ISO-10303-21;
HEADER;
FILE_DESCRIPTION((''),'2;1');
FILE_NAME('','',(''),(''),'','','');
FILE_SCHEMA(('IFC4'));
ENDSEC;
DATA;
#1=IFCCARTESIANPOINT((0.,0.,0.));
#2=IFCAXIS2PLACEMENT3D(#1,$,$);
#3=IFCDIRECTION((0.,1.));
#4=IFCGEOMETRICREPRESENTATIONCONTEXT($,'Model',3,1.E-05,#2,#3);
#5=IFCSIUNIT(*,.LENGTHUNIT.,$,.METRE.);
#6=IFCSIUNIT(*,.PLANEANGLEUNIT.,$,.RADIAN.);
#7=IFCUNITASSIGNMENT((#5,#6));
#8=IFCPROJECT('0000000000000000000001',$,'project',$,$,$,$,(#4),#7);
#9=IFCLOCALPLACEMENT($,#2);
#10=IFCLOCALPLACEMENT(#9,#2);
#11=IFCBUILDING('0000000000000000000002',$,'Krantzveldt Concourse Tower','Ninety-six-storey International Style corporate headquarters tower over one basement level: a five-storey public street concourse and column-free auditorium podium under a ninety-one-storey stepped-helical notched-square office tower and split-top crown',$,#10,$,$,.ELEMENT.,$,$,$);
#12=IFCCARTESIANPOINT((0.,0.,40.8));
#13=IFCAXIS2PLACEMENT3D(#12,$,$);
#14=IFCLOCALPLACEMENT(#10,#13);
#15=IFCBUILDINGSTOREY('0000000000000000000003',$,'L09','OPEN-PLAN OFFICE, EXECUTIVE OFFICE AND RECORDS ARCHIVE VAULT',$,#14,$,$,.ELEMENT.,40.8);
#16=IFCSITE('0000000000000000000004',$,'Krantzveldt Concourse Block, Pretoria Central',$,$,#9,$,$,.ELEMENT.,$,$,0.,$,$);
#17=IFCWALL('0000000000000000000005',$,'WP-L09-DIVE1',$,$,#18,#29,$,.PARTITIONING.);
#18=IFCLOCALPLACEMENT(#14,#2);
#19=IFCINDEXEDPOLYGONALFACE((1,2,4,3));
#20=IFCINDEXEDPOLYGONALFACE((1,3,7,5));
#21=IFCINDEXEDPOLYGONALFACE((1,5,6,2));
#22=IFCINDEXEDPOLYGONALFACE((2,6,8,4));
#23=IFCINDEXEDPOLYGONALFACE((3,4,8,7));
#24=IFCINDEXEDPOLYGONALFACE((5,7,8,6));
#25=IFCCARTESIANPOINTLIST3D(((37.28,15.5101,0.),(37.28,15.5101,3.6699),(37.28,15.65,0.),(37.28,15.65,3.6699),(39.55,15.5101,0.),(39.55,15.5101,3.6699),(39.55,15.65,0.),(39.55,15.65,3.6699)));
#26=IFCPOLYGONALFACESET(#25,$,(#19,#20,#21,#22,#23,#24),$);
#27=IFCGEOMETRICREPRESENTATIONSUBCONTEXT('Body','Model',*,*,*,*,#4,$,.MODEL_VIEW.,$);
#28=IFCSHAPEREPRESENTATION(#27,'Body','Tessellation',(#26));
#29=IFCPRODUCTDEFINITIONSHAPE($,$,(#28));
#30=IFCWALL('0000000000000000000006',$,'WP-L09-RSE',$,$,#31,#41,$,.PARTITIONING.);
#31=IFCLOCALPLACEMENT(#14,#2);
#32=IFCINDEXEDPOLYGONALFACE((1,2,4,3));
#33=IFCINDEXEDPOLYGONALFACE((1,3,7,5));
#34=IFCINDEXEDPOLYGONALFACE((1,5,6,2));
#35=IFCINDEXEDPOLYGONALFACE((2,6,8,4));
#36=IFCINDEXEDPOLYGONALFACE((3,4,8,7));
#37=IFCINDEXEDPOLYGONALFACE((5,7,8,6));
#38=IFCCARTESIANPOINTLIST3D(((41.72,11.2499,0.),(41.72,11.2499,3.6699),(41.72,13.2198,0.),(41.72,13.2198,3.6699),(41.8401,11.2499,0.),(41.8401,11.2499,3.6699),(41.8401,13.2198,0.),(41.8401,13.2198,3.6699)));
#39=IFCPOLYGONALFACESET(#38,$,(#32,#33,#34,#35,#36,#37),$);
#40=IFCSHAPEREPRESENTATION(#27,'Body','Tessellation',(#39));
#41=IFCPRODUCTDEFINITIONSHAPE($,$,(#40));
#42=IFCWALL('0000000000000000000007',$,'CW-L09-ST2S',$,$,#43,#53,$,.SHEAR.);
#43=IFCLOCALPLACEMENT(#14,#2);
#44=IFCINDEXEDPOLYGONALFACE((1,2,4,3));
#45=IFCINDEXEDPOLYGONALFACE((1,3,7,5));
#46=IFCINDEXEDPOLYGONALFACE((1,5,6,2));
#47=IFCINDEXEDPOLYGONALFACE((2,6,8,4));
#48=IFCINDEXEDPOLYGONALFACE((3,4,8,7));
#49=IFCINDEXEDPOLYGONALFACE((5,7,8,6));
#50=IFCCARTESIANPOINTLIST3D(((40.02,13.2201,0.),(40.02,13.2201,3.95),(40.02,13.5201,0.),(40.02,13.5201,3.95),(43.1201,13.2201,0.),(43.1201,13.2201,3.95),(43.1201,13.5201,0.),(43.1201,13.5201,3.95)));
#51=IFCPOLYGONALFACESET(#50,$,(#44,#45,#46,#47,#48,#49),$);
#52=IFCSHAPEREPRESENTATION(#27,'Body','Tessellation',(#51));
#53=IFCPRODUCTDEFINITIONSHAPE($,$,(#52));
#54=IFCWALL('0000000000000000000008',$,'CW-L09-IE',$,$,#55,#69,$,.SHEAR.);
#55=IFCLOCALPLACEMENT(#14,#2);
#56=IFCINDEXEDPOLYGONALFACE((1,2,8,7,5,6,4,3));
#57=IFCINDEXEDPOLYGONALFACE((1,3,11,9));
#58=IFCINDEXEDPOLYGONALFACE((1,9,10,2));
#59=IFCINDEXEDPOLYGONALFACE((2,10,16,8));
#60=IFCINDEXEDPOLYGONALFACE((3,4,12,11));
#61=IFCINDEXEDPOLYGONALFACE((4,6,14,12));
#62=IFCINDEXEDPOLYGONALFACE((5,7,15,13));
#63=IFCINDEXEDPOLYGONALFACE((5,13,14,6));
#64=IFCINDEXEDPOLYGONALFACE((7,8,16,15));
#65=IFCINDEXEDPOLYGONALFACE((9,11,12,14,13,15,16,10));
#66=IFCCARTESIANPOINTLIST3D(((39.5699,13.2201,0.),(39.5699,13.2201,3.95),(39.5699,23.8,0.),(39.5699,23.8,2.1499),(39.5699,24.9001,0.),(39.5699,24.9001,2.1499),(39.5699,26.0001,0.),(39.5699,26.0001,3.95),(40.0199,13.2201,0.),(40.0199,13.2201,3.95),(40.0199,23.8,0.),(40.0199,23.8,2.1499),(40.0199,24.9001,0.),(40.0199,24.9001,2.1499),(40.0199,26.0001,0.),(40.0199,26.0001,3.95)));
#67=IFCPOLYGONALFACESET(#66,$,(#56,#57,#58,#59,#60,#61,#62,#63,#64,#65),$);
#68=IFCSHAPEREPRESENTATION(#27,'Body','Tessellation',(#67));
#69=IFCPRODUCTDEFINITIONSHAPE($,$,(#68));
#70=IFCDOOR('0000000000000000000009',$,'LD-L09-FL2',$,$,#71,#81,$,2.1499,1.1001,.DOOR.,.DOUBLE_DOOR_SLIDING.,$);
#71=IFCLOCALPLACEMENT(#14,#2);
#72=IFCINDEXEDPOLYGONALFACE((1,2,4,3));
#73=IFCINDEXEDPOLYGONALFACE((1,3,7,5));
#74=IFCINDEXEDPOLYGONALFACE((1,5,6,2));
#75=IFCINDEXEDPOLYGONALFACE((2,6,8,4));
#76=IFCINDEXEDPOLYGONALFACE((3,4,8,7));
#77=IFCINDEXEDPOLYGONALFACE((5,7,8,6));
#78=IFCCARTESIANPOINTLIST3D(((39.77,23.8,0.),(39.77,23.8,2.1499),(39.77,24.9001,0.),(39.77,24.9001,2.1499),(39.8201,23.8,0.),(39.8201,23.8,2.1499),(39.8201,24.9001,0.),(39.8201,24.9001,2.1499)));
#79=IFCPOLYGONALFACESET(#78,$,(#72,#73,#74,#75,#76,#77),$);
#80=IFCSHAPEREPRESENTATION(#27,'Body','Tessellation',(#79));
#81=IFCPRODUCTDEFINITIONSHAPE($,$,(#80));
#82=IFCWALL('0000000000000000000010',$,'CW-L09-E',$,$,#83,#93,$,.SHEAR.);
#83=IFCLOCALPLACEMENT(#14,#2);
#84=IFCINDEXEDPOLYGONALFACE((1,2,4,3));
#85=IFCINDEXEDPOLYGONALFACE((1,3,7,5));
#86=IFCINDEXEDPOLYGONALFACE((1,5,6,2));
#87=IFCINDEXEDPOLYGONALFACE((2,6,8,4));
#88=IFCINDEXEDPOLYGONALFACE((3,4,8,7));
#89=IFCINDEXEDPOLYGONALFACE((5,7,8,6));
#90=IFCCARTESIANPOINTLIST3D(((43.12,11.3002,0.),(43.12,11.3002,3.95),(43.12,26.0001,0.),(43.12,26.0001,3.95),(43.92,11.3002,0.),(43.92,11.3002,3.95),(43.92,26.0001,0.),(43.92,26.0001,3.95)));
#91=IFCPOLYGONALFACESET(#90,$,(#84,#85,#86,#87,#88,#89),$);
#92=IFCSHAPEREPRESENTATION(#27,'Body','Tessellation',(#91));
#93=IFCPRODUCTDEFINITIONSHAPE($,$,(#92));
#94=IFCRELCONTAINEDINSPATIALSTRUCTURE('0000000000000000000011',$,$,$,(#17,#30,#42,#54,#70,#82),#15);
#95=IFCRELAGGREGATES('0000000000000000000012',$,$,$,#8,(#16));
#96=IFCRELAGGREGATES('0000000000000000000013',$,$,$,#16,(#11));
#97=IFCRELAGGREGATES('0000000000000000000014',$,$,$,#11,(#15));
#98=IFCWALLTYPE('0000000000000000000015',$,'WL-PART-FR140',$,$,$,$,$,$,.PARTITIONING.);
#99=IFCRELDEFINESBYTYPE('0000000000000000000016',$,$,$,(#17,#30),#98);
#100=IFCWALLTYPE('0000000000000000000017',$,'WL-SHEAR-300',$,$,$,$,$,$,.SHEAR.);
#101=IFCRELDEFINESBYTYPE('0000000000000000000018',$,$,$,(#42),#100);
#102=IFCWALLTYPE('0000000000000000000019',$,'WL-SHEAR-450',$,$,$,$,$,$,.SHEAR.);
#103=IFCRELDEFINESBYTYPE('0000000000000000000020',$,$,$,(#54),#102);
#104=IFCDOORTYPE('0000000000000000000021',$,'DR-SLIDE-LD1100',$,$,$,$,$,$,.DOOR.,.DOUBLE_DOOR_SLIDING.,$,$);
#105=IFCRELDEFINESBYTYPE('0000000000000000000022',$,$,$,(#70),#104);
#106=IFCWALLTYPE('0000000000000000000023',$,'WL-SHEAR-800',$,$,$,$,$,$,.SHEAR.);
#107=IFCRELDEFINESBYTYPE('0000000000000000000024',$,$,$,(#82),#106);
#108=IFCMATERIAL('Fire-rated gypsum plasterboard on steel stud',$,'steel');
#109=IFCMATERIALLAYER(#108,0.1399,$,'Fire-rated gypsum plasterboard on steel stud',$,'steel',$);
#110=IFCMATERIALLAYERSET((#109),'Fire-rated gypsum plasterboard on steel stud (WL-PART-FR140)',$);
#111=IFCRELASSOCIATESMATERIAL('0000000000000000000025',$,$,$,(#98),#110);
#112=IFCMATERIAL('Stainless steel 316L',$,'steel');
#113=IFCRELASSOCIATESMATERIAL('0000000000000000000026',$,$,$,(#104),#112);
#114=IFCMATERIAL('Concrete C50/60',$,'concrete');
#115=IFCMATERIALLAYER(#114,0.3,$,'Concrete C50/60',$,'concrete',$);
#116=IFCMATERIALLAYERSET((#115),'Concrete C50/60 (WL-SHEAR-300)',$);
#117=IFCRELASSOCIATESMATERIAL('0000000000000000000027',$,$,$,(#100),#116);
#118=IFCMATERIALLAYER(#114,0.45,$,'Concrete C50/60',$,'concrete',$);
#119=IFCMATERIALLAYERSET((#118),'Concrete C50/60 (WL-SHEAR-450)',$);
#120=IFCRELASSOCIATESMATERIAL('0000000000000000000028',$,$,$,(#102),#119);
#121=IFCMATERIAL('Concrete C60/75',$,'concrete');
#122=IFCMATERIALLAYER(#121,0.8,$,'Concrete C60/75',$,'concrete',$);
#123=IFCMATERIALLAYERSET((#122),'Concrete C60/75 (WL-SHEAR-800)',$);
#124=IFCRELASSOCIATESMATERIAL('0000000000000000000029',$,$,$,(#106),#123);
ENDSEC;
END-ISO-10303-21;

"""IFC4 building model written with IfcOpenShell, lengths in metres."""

from ifc_helpers import new_model, si_unit, direction, frame, frame_2d, origin, place, context, subcontext, project, spatial, rectangle, extrude, material, layer, layer_set, type_object, element, fill, save


model = new_model("IFC4")

# Units and contexts
model_context = context("Model", 3, precision=1e-05, world=origin(), true_north=direction((0.0, 1.0)))
body_context = subcontext(model_context, "Body", "Model", "MODEL_VIEW")
ifc_project = project(units=[si_unit("LENGTHUNIT", "METRE"), si_unit("PLANEANGLEUNIT", "RADIAN")], contexts=[model_context])

# Site, building, storey
site_placement = place(None, origin())
site = spatial("IfcSite", under=ifc_project, at=site_placement, Name="Krantzveldt Concourse Block, Pretoria Central", CompositionType="ELEMENT", RefElevation=0.0)
building_placement = place(site_placement, origin())
building = spatial("IfcBuilding", under=site, at=building_placement, Name="Krantzveldt Concourse Tower", Description="Ninety-six-storey International Style corporate headquarters tower over one basement level: a five-storey public street concourse and column-free auditorium podium under a ninety-one-storey stepped-helical notched-square office tower and split-top crown", CompositionType="ELEMENT")
storey_placement = place(building_placement, frame((0.0, 0.0, 40.8)))
storey = spatial("IfcBuildingStorey", under=building, at=storey_placement, Name="L09", Description="OPEN-PLAN OFFICE, EXECUTIVE OFFICE AND RECORDS ARCHIVE VAULT", CompositionType="ELEMENT", Elevation=40.8)

# Shared definitions
ifc_material_1 = material(Name="Fire-rated gypsum plasterboard on steel stud", Category="steel")

# Shared definitions
ifc_layer_1 = layer(ifc_material_1, 0.1399, Name="Fire-rated gypsum plasterboard on steel stud", Category="steel")
ifc_layer_set_1 = layer_set([ifc_layer_1], Name="Fire-rated gypsum plasterboard on steel stud (WL-PART-FR140)")
wall_type_1 = type_object("IfcWallType", Name="WL-PART-FR140", PredefinedType="PARTITIONING", material=ifc_layer_set_1)
ifc_material_2 = material(Name="Stainless steel 316L", Category="steel")
door_type_1 = type_object("IfcDoorType", Name="DR-SLIDE-LD1100", OperationType="DOUBLE_DOOR_SLIDING", PredefinedType="DOOR", material=ifc_material_2)

# Walls
wall_1_placement = place(storey_placement, frame((37.28, 15.5801, 0.0), z_axis=(0.0, 0.0, 1.0), x_axis=(1.0, 0.0, 0.0)))
element("IfcWall", 1, at=wall_1_placement, inside=storey, type_object=wall_type_1, Name="WP-L09-DIVE1", PredefinedType="PARTITIONING", context=body_context, shape_type="SweptSolid", body=[
    extrude(rectangle(XDim=2.27, YDim=0.1399, at=frame_2d((1.135, 0.0))), origin(), (0.0, 0.0, 1.0), 3.6699),
])
wall_2_placement = place(storey_placement, frame((41.78, 11.25, 0.0), z_axis=(0.0, 0.0, 1.0), x_axis=(0.0, 1.0, 0.0)))
element("IfcWall", 2, at=wall_2_placement, inside=storey, type_object=wall_type_1, Name="WP-L09-RSE", PredefinedType="PARTITIONING", context=body_context, shape_type="SweptSolid", body=[
    extrude(rectangle(XDim=1.97, YDim=0.1201, at=frame_2d((0.9849, 0.0))), origin(), (0.0, 0.0, 1.0), 3.6699),
])
ifc_material_3 = material(Name="Concrete C50/60", Category="concrete")
ifc_layer_2 = layer(ifc_material_3, 0.3, Name="Concrete C50/60", Category="concrete")
ifc_layer_set_2 = layer_set([ifc_layer_2], Name="Concrete C50/60 (WL-SHEAR-300)")
wall_type_2 = type_object("IfcWallType", Name="WL-SHEAR-300", PredefinedType="SHEAR", material=ifc_layer_set_2)
wall_3_placement = place(storey_placement, frame((40.02, 13.3701, 0.0), z_axis=(0.0, 0.0, 1.0), x_axis=(1.0, 0.0, 0.0)))
element("IfcWall", 3, at=wall_3_placement, inside=storey, type_object=wall_type_2, Name="CW-L09-ST2S", PredefinedType="SHEAR", context=body_context, shape_type="SweptSolid", body=[
    extrude(rectangle(XDim=3.1001, YDim=0.3, at=frame_2d((1.55, 0.0))), origin(), (0.0, 0.0, 1.0), 3.95),
])

# Wall, opening, door
ifc_layer_3 = layer(ifc_material_3, 0.45, Name="Concrete C50/60", Category="concrete")
ifc_layer_set_3 = layer_set([ifc_layer_3], Name="Concrete C50/60 (WL-SHEAR-450)")
wall_type_3 = type_object("IfcWallType", Name="WL-SHEAR-450", PredefinedType="SHEAR", material=ifc_layer_set_3)
wall_4_placement = place(storey_placement, frame((39.7949, 13.22, 0.0), z_axis=(0.0, 0.0, 1.0), x_axis=(0.0, 1.0, 0.0)))
wall_4 = element("IfcWall", 4, at=wall_4_placement, inside=storey, type_object=wall_type_3, Name="CW-L09-IE", PredefinedType="SHEAR", context=body_context, shape_type="SweptSolid", body=[
    extrude(rectangle(XDim=12.78, YDim=0.45, at=frame_2d((6.3901, 0.0))), origin(), (0.0, 0.0, 1.0), 3.95),
])
opening_1_placement = place(wall_4_placement, frame((10.5801, 0.0, 0.0)))
opening_1 = element("IfcOpeningElement", 5, at=opening_1_placement, cuts=wall_4, PredefinedType="OPENING", context=body_context, shape_type="SweptSolid", body=[
    extrude(rectangle(XDim=1.1001, YDim=2.1499, at=frame_2d((0.55, 1.075))), frame((0.0, 0.2349, 0.0), z_axis=(0.0, -1.0, 0.0), x_axis=(1.0, 0.0, 0.0)), (0.0, 0.0, 1.0), 0.47),
])
door_1_placement = place(opening_1_placement, origin())
door_1 = element("IfcDoor", 6, at=door_1_placement, inside=storey, type_object=door_type_1, Name="LD-L09-FL2", OperationType="DOUBLE_DOOR_SLIDING", OverallHeight=2.1499, OverallWidth=1.1001, PredefinedType="DOOR", context=body_context, shape_type="SweptSolid", body=[
    extrude(rectangle(XDim=1.1001, YDim=2.1499, at=frame_2d((0.55, 1.075))), frame((0.0, 0.0249, 0.0), z_axis=(0.0, -1.0, 0.0), x_axis=(1.0, 0.0, 0.0)), (0.0, 0.0, 1.0), 0.05),
])
fill(opening_1, door_1)

# Wall
ifc_material_4 = material(Name="Concrete C60/75", Category="concrete")
ifc_layer_4 = layer(ifc_material_4, 0.8, Name="Concrete C60/75", Category="concrete")
ifc_layer_set_4 = layer_set([ifc_layer_4], Name="Concrete C60/75 (WL-SHEAR-800)")
wall_type_4 = type_object("IfcWallType", Name="WL-SHEAR-800", PredefinedType="SHEAR", material=ifc_layer_set_4)
wall_5_placement = place(storey_placement, frame((43.52, 11.3, 0.0), z_axis=(0.0, 0.0, 1.0), x_axis=(0.0, 1.0, 0.0)))
element("IfcWall", 7, at=wall_5_placement, inside=storey, type_object=wall_type_4, Name="CW-L09-E", PredefinedType="SHEAR", context=body_context, shape_type="SweptSolid", body=[
    extrude(rectangle(XDim=14.7, YDim=0.8, at=frame_2d((7.3501, 0.0))), origin(), (0.0, 0.0, 1.0), 3.95),
])

save(model, "model.ifc")
